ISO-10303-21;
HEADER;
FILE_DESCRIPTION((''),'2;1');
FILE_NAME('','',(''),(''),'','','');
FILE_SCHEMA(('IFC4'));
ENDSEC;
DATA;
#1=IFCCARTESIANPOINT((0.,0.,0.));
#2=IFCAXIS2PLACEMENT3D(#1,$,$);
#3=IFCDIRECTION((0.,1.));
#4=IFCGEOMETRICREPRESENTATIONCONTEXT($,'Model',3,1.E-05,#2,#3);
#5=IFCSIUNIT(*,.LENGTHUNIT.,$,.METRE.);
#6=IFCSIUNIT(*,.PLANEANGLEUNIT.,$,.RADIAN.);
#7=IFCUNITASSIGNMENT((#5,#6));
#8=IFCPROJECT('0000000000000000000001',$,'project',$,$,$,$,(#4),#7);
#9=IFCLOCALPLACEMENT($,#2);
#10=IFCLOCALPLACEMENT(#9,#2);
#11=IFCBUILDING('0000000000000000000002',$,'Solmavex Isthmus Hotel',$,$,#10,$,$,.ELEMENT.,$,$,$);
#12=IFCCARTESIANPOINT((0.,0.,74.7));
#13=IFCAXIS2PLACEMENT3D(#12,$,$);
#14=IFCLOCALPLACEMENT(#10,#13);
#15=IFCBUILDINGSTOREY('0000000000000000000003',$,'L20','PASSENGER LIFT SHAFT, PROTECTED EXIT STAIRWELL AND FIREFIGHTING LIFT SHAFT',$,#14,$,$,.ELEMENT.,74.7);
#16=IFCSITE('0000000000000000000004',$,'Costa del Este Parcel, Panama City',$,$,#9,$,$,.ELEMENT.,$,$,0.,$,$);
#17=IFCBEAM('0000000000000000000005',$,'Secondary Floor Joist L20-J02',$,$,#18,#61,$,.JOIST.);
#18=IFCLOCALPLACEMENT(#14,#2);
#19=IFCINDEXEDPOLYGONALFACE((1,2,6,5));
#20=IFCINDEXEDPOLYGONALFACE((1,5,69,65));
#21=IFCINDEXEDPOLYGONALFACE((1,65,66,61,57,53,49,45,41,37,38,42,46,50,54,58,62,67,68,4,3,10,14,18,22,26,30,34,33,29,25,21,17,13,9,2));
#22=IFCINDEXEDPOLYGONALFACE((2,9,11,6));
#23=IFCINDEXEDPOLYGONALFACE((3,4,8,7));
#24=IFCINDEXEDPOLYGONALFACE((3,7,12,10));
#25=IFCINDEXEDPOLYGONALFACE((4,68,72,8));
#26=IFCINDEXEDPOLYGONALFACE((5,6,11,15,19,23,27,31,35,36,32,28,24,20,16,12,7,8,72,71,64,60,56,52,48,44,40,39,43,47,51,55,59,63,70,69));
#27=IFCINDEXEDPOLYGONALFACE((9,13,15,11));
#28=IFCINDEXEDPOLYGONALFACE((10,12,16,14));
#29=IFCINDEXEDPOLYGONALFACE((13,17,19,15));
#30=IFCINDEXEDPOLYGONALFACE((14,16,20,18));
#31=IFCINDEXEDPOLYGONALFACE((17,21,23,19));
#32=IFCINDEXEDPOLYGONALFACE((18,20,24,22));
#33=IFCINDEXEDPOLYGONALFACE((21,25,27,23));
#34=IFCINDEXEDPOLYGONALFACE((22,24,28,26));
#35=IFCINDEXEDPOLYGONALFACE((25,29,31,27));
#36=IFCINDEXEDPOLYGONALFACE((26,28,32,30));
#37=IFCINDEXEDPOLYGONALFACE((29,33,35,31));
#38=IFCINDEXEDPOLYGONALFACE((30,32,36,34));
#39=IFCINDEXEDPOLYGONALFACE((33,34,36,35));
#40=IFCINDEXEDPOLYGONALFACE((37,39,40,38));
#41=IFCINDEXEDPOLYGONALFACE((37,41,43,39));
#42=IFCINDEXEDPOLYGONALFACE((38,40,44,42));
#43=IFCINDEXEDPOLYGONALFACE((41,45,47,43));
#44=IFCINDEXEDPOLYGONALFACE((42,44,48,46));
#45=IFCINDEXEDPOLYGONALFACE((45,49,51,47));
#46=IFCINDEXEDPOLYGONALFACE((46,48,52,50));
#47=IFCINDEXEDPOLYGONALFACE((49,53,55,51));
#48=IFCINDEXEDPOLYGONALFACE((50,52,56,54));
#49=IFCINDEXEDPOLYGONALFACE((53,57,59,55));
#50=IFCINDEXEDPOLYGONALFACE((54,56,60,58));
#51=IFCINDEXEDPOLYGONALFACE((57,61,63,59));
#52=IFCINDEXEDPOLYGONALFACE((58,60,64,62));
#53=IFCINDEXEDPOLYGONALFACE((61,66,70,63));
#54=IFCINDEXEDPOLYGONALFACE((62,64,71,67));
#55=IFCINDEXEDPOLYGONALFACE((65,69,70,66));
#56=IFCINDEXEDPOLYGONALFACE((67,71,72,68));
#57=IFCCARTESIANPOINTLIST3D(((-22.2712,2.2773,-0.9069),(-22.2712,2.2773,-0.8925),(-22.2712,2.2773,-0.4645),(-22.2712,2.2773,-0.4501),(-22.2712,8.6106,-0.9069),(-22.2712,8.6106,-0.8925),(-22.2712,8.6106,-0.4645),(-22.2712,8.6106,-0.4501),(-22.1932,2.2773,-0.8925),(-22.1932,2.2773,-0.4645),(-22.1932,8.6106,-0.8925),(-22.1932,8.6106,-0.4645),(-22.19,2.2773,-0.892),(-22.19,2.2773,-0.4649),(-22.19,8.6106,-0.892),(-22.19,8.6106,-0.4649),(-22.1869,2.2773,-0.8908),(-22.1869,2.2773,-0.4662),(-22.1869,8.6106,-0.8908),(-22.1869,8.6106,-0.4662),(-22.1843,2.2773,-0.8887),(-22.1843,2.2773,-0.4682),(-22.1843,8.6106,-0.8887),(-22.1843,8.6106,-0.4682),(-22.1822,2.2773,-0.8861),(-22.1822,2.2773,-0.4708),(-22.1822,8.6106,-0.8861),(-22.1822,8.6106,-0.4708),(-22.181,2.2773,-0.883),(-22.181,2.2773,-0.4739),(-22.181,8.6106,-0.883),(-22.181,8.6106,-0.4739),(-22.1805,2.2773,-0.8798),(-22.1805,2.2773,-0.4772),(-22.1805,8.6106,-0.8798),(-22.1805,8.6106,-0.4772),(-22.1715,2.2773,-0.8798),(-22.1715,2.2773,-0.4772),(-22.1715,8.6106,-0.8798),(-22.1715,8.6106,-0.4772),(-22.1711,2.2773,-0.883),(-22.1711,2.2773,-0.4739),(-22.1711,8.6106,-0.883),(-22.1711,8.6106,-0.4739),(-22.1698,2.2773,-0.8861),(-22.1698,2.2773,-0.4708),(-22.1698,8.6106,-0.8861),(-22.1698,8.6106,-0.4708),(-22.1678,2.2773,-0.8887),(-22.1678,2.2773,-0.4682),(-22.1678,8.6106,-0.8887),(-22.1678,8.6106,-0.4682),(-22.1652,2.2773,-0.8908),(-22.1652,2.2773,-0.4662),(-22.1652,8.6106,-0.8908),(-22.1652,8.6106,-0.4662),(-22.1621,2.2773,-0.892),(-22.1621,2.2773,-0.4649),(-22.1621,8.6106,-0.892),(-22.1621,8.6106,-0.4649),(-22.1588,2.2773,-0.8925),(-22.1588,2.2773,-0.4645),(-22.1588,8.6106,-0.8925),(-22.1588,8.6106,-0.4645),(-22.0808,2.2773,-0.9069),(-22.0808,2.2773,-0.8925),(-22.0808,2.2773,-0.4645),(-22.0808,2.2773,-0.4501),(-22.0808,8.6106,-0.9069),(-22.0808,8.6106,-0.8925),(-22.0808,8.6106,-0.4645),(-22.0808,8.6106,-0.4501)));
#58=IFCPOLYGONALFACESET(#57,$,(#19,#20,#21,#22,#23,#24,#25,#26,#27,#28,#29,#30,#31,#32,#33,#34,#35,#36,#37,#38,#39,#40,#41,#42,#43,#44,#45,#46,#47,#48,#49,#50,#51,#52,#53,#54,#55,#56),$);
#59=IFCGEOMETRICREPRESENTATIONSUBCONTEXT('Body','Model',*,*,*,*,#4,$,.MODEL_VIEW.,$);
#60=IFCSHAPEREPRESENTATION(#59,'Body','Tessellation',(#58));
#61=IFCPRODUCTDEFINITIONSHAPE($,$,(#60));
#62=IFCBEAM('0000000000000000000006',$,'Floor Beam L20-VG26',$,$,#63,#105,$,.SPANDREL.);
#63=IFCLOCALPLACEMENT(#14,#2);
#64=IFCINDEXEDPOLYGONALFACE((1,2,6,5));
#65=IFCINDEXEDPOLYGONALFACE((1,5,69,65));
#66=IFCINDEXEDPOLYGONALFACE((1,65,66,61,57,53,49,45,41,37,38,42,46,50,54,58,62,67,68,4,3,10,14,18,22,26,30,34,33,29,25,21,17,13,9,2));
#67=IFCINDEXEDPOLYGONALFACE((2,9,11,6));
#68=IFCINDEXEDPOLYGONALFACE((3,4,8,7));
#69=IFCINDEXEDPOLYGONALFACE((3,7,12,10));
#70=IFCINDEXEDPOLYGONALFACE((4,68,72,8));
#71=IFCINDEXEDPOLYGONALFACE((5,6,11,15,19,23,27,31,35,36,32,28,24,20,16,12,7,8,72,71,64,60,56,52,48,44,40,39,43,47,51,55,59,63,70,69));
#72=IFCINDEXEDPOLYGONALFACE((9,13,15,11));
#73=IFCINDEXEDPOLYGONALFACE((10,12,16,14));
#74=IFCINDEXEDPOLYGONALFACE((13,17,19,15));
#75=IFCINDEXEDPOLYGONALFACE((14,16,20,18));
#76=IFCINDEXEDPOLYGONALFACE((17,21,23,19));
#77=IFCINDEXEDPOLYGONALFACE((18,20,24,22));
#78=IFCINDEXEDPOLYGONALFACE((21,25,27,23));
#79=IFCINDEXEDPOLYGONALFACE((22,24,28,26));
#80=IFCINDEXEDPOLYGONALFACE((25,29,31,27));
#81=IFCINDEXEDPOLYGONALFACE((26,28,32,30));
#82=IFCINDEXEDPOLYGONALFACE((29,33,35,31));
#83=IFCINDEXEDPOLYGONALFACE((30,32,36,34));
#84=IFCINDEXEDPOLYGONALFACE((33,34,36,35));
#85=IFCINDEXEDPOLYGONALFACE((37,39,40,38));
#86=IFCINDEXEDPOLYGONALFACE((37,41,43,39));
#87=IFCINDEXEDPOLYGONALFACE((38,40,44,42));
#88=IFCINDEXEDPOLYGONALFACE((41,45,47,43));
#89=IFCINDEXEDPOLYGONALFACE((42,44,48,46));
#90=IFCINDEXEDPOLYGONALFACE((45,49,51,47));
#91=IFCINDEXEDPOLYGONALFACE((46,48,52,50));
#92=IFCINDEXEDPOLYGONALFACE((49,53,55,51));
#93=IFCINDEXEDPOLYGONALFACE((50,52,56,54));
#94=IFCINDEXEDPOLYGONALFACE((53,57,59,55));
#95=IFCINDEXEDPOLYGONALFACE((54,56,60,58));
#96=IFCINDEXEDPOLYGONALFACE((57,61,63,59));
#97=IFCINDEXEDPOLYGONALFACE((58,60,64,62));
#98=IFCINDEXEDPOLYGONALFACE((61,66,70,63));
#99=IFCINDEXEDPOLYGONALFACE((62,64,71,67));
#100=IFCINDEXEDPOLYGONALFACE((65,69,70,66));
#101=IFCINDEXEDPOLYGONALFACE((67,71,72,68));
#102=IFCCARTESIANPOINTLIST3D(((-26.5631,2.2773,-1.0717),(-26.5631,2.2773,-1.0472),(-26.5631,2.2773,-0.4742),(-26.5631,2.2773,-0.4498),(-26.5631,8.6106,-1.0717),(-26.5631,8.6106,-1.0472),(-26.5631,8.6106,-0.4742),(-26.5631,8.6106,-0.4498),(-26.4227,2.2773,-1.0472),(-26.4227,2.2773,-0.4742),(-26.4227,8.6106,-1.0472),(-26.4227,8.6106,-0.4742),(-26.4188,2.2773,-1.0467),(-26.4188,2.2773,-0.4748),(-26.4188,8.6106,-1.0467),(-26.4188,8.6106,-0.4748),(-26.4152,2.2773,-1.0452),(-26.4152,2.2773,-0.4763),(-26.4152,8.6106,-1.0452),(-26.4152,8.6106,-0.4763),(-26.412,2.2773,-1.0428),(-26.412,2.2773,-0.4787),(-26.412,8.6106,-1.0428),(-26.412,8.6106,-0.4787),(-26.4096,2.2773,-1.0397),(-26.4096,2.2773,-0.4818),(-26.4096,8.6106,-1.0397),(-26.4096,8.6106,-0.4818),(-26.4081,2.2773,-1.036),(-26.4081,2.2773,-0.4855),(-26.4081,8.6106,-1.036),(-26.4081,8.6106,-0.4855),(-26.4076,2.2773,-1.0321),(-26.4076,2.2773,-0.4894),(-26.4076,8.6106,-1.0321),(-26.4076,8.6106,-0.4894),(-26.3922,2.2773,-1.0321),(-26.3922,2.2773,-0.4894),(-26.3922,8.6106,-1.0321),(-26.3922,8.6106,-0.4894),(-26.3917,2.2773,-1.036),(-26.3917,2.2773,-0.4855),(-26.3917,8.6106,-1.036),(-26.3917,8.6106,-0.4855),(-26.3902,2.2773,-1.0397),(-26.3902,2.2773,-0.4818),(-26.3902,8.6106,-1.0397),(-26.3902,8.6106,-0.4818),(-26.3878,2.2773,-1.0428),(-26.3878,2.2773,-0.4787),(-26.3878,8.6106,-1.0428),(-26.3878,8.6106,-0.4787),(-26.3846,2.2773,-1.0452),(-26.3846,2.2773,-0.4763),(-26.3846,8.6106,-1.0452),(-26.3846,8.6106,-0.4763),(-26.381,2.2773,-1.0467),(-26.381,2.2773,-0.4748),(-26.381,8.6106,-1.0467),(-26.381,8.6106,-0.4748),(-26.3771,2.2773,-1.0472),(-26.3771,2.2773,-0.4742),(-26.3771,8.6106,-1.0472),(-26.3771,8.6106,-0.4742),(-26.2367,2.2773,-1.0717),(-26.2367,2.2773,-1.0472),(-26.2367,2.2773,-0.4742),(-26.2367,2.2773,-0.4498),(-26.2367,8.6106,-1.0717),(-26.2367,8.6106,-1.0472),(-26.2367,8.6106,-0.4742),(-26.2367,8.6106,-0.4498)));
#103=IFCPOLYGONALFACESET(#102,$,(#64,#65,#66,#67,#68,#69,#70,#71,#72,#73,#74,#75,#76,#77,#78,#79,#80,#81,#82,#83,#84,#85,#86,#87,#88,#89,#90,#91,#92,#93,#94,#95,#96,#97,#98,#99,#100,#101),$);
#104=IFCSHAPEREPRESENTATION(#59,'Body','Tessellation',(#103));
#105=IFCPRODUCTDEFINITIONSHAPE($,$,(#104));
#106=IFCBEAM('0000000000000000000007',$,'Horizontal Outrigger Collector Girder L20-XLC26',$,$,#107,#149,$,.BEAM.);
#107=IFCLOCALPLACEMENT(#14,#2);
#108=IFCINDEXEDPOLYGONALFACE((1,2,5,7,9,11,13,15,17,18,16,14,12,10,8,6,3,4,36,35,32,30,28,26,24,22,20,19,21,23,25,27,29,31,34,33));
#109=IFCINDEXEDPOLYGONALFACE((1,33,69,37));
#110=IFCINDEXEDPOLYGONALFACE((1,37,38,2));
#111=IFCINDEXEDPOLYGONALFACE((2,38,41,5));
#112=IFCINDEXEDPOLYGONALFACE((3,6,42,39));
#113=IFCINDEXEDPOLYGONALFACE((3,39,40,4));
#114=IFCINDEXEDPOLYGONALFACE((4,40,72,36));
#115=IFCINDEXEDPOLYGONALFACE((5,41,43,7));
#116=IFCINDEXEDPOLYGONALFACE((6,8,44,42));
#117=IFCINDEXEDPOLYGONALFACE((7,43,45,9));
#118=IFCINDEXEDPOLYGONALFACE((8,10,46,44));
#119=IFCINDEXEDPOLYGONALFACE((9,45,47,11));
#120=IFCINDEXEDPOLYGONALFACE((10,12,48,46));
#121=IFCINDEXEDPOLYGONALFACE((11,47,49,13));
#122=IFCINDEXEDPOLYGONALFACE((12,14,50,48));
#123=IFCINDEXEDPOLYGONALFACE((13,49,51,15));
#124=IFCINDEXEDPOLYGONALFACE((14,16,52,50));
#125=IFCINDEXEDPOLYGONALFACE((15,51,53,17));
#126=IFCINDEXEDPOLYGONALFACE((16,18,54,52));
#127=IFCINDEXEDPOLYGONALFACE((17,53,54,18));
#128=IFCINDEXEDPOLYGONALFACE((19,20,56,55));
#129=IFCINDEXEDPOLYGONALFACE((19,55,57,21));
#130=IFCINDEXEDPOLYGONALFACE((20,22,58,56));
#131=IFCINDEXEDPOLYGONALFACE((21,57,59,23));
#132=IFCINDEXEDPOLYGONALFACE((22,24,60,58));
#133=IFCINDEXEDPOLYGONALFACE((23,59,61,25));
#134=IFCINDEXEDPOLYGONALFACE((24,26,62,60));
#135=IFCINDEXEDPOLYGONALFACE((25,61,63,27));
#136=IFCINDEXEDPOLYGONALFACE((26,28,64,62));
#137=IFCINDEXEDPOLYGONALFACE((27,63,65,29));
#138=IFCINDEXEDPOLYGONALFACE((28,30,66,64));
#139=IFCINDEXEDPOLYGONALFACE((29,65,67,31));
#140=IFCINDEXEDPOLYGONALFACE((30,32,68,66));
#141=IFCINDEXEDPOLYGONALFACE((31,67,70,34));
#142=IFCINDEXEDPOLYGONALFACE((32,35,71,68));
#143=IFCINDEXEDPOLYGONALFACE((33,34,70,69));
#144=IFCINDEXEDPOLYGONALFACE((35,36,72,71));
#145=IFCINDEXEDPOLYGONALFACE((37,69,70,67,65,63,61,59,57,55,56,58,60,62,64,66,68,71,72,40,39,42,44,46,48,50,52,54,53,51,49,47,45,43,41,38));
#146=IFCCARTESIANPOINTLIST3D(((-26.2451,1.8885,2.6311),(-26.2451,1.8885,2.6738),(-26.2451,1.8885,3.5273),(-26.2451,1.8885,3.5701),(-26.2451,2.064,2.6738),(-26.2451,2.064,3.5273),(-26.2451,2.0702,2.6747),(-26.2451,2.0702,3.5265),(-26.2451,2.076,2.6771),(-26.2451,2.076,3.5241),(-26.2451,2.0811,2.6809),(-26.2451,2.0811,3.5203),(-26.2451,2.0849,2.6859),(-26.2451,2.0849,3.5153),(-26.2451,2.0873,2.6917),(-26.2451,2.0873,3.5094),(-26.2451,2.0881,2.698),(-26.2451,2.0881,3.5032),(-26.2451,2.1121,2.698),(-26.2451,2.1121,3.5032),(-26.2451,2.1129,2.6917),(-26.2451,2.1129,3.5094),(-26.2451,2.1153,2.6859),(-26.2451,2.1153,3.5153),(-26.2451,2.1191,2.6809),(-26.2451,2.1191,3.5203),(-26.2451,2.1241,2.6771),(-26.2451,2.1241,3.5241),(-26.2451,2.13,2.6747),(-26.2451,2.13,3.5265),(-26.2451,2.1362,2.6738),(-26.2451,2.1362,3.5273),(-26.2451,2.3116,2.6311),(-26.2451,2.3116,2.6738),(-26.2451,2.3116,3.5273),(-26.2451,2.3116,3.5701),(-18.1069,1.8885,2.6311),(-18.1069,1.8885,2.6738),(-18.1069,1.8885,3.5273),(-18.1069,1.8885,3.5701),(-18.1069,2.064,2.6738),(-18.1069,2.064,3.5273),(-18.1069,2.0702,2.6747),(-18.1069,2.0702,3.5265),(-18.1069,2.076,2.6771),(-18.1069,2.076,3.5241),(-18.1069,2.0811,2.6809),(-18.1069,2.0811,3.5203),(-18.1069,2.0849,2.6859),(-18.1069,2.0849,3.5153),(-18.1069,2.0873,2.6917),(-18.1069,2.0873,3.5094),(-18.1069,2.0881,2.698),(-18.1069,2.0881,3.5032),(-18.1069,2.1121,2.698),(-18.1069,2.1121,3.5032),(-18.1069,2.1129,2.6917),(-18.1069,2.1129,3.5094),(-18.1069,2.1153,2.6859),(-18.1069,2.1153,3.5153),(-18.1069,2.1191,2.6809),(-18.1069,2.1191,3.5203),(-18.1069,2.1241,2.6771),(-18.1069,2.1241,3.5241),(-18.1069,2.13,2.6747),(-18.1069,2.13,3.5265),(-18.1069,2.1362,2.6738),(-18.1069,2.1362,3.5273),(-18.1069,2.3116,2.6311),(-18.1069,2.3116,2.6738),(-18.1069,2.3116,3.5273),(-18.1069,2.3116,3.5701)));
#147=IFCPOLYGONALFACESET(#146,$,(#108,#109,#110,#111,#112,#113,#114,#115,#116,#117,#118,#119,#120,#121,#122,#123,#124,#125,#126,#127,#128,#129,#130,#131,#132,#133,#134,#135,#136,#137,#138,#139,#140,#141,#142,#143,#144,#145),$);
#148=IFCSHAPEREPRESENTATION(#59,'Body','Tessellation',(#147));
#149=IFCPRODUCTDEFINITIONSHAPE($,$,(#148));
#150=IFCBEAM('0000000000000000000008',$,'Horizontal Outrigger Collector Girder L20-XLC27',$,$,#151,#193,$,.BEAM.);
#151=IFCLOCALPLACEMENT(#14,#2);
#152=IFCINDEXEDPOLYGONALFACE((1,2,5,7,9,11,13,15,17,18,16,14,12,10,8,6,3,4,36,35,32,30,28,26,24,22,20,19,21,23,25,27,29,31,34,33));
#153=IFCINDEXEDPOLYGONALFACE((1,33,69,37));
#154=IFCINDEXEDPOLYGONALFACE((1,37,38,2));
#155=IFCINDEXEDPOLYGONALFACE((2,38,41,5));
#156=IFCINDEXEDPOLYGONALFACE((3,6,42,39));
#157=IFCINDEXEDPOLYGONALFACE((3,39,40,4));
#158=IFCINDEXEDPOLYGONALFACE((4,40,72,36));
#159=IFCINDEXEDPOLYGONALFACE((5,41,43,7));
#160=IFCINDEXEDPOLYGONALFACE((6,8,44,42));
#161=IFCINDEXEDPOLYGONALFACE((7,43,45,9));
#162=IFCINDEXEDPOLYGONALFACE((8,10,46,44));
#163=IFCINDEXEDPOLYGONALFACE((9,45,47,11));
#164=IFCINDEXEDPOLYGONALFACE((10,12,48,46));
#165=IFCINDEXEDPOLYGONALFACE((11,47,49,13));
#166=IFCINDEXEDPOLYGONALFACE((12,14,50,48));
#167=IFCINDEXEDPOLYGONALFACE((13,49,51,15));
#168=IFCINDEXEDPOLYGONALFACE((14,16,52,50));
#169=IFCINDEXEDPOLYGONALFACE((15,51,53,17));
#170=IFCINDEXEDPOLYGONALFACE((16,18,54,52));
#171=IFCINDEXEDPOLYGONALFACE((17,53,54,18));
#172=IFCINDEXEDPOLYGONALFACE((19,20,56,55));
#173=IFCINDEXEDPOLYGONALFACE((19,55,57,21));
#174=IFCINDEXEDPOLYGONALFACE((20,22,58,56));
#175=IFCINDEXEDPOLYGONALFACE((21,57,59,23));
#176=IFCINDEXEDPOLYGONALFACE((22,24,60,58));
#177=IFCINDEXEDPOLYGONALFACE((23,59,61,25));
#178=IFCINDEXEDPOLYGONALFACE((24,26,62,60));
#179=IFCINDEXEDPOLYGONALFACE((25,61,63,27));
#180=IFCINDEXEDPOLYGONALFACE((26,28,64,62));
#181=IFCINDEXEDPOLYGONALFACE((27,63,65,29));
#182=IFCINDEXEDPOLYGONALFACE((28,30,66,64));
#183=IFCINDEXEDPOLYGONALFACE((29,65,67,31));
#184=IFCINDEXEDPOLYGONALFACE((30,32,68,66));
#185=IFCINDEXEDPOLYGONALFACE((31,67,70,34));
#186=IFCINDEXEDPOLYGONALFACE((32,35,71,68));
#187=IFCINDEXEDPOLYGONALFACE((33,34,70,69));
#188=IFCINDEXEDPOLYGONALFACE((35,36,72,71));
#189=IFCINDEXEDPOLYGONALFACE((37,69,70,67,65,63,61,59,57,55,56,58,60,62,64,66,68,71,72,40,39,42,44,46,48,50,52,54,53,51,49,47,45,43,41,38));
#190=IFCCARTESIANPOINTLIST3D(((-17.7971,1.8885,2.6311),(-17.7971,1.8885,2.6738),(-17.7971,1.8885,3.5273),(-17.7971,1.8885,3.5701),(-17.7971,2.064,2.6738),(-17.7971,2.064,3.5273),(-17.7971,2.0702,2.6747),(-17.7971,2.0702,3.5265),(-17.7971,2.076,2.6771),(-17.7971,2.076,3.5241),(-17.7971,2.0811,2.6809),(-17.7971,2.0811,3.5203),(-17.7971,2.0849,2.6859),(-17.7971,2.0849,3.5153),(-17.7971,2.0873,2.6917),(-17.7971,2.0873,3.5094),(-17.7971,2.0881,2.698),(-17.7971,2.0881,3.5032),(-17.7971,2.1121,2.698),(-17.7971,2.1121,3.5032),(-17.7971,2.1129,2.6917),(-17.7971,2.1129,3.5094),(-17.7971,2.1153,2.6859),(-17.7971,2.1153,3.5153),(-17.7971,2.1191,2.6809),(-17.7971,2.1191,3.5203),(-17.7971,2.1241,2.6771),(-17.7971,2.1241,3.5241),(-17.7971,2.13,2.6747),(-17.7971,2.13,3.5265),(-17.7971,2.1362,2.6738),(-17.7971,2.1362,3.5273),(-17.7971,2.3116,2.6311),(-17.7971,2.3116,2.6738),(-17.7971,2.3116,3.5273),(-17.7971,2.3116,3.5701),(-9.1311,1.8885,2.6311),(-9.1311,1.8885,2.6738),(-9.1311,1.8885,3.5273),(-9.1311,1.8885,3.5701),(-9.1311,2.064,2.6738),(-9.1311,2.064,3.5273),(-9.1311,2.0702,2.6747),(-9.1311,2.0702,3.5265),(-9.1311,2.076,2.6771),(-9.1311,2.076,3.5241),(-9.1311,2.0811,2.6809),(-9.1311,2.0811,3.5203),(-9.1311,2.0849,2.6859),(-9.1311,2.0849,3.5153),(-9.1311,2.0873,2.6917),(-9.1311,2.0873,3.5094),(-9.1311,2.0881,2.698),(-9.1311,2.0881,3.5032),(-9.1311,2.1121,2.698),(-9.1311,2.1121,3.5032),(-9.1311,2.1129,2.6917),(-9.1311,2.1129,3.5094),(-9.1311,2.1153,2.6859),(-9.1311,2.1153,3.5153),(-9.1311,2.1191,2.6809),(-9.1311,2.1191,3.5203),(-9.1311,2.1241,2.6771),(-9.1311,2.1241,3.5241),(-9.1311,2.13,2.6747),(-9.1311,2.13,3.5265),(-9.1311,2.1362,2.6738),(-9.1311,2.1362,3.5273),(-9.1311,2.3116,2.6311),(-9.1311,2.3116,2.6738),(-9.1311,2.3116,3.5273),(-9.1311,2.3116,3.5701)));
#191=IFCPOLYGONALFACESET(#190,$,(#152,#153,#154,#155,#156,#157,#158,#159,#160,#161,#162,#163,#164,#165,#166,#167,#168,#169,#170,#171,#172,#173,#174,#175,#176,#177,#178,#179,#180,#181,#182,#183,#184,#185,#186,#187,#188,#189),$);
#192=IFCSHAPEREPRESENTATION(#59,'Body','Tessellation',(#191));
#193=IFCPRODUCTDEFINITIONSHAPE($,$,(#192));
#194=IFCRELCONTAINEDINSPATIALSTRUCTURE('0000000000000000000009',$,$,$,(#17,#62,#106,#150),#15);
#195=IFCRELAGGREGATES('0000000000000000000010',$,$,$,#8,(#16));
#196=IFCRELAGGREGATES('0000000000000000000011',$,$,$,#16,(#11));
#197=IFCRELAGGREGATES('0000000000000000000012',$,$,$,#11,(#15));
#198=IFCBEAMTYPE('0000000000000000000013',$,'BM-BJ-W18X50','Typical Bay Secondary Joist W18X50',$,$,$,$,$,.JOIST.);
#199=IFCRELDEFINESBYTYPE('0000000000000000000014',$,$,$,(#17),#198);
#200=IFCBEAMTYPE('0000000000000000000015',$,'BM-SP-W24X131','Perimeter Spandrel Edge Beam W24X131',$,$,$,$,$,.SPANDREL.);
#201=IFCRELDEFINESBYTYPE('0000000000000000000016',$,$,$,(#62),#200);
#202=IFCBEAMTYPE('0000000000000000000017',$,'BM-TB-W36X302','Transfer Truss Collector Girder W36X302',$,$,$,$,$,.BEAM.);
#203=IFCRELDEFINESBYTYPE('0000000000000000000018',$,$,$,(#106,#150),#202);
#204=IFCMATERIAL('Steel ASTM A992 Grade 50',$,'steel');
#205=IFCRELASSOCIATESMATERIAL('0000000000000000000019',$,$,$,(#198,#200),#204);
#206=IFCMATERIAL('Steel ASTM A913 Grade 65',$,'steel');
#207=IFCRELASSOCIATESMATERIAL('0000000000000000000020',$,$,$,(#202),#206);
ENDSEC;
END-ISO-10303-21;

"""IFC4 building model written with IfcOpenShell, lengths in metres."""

from ifc_helpers import new_model, si_unit, direction, frame, origin, origin_2d, place, context, subcontext, project, spatial, i_section, extrude, material, material_profile, profile_set, type_object, element, save


model = new_model("IFC4")

# Units and contexts
model_context = context("Model", 3, precision=1e-05, world=origin(), true_north=direction((0.0, 1.0)))
body_context = subcontext(model_context, "Body", "Model", "MODEL_VIEW")
ifc_project = project(units=[si_unit("LENGTHUNIT", "METRE"), si_unit("PLANEANGLEUNIT", "RADIAN")], contexts=[model_context])

# Site, building, storey
site_placement = place(None, origin())
site = spatial("IfcSite", under=ifc_project, at=site_placement, Name="Costa del Este Parcel, Panama City", CompositionType="ELEMENT", RefElevation=0.0)
building_placement = place(site_placement, origin())
building = spatial("IfcBuilding", under=site, at=building_placement, Name="Solmavex Isthmus Hotel", CompositionType="ELEMENT")
storey_placement = place(building_placement, frame((0.0, 0.0, 74.7)))
storey = spatial("IfcBuildingStorey", under=building, at=storey_placement, Name="L20", Description="PASSENGER LIFT SHAFT, PROTECTED EXIT STAIRWELL AND FIREFIGHTING LIFT SHAFT", CompositionType="ELEMENT", Elevation=74.7)

# Shared definitions
ifc_material_1 = material(Name="Steel ASTM A913 Grade 65", Category="steel")

# Beams
ifc_material_2 = material(Name="Steel ASTM A992 Grade 50", Category="steel")
ifc_material_profile_1 = material_profile(ifc_material_2, i_section(OverallWidth=0.1904, OverallDepth=0.4568, WebThickness=0.009, FlangeThickness=0.0144, FilletRadius=0.0127, at=origin_2d()), Name="W18X50")
ifc_profile_set_1 = profile_set([ifc_material_profile_1], Name="Steel ASTM A992 Grade 50")
beam_type_1 = type_object("IfcBeamType", Name="BM-BJ-W18X50", Description="Typical Bay Secondary Joist W18X50", PredefinedType="JOIST", material=ifc_profile_set_1)
beam_1_placement = place(storey_placement, frame((-22.176, 2.2773, -0.6785), z_axis=(0.0, 1.0, 0.0), x_axis=(-1.0, 0.0, 0.0)))
element("IfcBeam", 1, at=beam_1_placement, inside=storey, type_object=beam_type_1, Name="Secondary Floor Joist L20-J02", PredefinedType="JOIST", context=body_context, shape_type="SweptSolid", body=[
    extrude(i_section(OverallWidth=0.1904, OverallDepth=0.4568, WebThickness=0.009, FlangeThickness=0.0144, FilletRadius=0.0127, at=origin_2d()), origin(), (0.0, 0.0, 1.0), 6.3333),
])
ifc_material_profile_2 = material_profile(ifc_material_2, i_section(OverallWidth=0.3264, OverallDepth=0.6218, WebThickness=0.0154, FlangeThickness=0.0244, FilletRadius=0.0151, at=origin_2d()), Name="W24X131")
ifc_profile_set_2 = profile_set([ifc_material_profile_2], Name="Steel ASTM A992 Grade 50")
beam_type_2 = type_object("IfcBeamType", Name="BM-SP-W24X131", Description="Perimeter Spandrel Edge Beam W24X131", PredefinedType="SPANDREL", material=ifc_profile_set_2)
beam_2_placement = place(storey_placement, frame((-26.3999, 2.2773, -0.7607), z_axis=(0.0, 1.0, 0.0), x_axis=(-1.0, 0.0, 0.0)))
element("IfcBeam", 2, at=beam_2_placement, inside=storey, type_object=beam_type_2, Name="Floor Beam L20-VG26", PredefinedType="SPANDREL", context=body_context, shape_type="SweptSolid", body=[
    extrude(i_section(OverallWidth=0.3264, OverallDepth=0.6218, WebThickness=0.0154, FlangeThickness=0.0244, FilletRadius=0.0151, at=origin_2d()), origin(), (0.0, 0.0, 1.0), 6.3333),
])
ifc_material_profile_3 = material_profile(ifc_material_1, i_section(OverallWidth=0.4231, OverallDepth=0.939, WebThickness=0.0239, FlangeThickness=0.0427, FilletRadius=0.0242, at=origin_2d()), Name="W36X302")
ifc_profile_set_3 = profile_set([ifc_material_profile_3], Name="Steel ASTM A913 Grade 65")
beam_type_3 = type_object("IfcBeamType", Name="BM-TB-W36X302", Description="Transfer Truss Collector Girder W36X302", PredefinedType="BEAM", material=ifc_profile_set_3)
beam_3_placement = place(storey_placement, frame((-26.2451, 2.1001, 3.1006), z_axis=(1.0, 0.0, 0.0), x_axis=(0.0, 1.0, 0.0)))
element("IfcBeam", 3, at=beam_3_placement, inside=storey, type_object=beam_type_3, Name="Horizontal Outrigger Collector Girder L20-XLC26", PredefinedType="BEAM", context=body_context, shape_type="SweptSolid", body=[
    extrude(i_section(OverallWidth=0.4231, OverallDepth=0.939, WebThickness=0.0239, FlangeThickness=0.0427, FilletRadius=0.0242, at=origin_2d()), origin(), (0.0, 0.0, 1.0), 8.1382),
])
beam_4_placement = place(storey_placement, frame((-17.7971, 2.1001, 3.1006), z_axis=(1.0, 0.0, 0.0), x_axis=(0.0, 1.0, 0.0)))
element("IfcBeam", 4, at=beam_4_placement, inside=storey, type_object=beam_type_3, Name="Horizontal Outrigger Collector Girder L20-XLC27", PredefinedType="BEAM", context=body_context, shape_type="SweptSolid", body=[
    extrude(i_section(OverallWidth=0.4231, OverallDepth=0.939, WebThickness=0.0239, FlangeThickness=0.0427, FilletRadius=0.0242, at=origin_2d()), origin(), (0.0, 0.0, 1.0), 8.666),
])

save(model, "model.ifc")
